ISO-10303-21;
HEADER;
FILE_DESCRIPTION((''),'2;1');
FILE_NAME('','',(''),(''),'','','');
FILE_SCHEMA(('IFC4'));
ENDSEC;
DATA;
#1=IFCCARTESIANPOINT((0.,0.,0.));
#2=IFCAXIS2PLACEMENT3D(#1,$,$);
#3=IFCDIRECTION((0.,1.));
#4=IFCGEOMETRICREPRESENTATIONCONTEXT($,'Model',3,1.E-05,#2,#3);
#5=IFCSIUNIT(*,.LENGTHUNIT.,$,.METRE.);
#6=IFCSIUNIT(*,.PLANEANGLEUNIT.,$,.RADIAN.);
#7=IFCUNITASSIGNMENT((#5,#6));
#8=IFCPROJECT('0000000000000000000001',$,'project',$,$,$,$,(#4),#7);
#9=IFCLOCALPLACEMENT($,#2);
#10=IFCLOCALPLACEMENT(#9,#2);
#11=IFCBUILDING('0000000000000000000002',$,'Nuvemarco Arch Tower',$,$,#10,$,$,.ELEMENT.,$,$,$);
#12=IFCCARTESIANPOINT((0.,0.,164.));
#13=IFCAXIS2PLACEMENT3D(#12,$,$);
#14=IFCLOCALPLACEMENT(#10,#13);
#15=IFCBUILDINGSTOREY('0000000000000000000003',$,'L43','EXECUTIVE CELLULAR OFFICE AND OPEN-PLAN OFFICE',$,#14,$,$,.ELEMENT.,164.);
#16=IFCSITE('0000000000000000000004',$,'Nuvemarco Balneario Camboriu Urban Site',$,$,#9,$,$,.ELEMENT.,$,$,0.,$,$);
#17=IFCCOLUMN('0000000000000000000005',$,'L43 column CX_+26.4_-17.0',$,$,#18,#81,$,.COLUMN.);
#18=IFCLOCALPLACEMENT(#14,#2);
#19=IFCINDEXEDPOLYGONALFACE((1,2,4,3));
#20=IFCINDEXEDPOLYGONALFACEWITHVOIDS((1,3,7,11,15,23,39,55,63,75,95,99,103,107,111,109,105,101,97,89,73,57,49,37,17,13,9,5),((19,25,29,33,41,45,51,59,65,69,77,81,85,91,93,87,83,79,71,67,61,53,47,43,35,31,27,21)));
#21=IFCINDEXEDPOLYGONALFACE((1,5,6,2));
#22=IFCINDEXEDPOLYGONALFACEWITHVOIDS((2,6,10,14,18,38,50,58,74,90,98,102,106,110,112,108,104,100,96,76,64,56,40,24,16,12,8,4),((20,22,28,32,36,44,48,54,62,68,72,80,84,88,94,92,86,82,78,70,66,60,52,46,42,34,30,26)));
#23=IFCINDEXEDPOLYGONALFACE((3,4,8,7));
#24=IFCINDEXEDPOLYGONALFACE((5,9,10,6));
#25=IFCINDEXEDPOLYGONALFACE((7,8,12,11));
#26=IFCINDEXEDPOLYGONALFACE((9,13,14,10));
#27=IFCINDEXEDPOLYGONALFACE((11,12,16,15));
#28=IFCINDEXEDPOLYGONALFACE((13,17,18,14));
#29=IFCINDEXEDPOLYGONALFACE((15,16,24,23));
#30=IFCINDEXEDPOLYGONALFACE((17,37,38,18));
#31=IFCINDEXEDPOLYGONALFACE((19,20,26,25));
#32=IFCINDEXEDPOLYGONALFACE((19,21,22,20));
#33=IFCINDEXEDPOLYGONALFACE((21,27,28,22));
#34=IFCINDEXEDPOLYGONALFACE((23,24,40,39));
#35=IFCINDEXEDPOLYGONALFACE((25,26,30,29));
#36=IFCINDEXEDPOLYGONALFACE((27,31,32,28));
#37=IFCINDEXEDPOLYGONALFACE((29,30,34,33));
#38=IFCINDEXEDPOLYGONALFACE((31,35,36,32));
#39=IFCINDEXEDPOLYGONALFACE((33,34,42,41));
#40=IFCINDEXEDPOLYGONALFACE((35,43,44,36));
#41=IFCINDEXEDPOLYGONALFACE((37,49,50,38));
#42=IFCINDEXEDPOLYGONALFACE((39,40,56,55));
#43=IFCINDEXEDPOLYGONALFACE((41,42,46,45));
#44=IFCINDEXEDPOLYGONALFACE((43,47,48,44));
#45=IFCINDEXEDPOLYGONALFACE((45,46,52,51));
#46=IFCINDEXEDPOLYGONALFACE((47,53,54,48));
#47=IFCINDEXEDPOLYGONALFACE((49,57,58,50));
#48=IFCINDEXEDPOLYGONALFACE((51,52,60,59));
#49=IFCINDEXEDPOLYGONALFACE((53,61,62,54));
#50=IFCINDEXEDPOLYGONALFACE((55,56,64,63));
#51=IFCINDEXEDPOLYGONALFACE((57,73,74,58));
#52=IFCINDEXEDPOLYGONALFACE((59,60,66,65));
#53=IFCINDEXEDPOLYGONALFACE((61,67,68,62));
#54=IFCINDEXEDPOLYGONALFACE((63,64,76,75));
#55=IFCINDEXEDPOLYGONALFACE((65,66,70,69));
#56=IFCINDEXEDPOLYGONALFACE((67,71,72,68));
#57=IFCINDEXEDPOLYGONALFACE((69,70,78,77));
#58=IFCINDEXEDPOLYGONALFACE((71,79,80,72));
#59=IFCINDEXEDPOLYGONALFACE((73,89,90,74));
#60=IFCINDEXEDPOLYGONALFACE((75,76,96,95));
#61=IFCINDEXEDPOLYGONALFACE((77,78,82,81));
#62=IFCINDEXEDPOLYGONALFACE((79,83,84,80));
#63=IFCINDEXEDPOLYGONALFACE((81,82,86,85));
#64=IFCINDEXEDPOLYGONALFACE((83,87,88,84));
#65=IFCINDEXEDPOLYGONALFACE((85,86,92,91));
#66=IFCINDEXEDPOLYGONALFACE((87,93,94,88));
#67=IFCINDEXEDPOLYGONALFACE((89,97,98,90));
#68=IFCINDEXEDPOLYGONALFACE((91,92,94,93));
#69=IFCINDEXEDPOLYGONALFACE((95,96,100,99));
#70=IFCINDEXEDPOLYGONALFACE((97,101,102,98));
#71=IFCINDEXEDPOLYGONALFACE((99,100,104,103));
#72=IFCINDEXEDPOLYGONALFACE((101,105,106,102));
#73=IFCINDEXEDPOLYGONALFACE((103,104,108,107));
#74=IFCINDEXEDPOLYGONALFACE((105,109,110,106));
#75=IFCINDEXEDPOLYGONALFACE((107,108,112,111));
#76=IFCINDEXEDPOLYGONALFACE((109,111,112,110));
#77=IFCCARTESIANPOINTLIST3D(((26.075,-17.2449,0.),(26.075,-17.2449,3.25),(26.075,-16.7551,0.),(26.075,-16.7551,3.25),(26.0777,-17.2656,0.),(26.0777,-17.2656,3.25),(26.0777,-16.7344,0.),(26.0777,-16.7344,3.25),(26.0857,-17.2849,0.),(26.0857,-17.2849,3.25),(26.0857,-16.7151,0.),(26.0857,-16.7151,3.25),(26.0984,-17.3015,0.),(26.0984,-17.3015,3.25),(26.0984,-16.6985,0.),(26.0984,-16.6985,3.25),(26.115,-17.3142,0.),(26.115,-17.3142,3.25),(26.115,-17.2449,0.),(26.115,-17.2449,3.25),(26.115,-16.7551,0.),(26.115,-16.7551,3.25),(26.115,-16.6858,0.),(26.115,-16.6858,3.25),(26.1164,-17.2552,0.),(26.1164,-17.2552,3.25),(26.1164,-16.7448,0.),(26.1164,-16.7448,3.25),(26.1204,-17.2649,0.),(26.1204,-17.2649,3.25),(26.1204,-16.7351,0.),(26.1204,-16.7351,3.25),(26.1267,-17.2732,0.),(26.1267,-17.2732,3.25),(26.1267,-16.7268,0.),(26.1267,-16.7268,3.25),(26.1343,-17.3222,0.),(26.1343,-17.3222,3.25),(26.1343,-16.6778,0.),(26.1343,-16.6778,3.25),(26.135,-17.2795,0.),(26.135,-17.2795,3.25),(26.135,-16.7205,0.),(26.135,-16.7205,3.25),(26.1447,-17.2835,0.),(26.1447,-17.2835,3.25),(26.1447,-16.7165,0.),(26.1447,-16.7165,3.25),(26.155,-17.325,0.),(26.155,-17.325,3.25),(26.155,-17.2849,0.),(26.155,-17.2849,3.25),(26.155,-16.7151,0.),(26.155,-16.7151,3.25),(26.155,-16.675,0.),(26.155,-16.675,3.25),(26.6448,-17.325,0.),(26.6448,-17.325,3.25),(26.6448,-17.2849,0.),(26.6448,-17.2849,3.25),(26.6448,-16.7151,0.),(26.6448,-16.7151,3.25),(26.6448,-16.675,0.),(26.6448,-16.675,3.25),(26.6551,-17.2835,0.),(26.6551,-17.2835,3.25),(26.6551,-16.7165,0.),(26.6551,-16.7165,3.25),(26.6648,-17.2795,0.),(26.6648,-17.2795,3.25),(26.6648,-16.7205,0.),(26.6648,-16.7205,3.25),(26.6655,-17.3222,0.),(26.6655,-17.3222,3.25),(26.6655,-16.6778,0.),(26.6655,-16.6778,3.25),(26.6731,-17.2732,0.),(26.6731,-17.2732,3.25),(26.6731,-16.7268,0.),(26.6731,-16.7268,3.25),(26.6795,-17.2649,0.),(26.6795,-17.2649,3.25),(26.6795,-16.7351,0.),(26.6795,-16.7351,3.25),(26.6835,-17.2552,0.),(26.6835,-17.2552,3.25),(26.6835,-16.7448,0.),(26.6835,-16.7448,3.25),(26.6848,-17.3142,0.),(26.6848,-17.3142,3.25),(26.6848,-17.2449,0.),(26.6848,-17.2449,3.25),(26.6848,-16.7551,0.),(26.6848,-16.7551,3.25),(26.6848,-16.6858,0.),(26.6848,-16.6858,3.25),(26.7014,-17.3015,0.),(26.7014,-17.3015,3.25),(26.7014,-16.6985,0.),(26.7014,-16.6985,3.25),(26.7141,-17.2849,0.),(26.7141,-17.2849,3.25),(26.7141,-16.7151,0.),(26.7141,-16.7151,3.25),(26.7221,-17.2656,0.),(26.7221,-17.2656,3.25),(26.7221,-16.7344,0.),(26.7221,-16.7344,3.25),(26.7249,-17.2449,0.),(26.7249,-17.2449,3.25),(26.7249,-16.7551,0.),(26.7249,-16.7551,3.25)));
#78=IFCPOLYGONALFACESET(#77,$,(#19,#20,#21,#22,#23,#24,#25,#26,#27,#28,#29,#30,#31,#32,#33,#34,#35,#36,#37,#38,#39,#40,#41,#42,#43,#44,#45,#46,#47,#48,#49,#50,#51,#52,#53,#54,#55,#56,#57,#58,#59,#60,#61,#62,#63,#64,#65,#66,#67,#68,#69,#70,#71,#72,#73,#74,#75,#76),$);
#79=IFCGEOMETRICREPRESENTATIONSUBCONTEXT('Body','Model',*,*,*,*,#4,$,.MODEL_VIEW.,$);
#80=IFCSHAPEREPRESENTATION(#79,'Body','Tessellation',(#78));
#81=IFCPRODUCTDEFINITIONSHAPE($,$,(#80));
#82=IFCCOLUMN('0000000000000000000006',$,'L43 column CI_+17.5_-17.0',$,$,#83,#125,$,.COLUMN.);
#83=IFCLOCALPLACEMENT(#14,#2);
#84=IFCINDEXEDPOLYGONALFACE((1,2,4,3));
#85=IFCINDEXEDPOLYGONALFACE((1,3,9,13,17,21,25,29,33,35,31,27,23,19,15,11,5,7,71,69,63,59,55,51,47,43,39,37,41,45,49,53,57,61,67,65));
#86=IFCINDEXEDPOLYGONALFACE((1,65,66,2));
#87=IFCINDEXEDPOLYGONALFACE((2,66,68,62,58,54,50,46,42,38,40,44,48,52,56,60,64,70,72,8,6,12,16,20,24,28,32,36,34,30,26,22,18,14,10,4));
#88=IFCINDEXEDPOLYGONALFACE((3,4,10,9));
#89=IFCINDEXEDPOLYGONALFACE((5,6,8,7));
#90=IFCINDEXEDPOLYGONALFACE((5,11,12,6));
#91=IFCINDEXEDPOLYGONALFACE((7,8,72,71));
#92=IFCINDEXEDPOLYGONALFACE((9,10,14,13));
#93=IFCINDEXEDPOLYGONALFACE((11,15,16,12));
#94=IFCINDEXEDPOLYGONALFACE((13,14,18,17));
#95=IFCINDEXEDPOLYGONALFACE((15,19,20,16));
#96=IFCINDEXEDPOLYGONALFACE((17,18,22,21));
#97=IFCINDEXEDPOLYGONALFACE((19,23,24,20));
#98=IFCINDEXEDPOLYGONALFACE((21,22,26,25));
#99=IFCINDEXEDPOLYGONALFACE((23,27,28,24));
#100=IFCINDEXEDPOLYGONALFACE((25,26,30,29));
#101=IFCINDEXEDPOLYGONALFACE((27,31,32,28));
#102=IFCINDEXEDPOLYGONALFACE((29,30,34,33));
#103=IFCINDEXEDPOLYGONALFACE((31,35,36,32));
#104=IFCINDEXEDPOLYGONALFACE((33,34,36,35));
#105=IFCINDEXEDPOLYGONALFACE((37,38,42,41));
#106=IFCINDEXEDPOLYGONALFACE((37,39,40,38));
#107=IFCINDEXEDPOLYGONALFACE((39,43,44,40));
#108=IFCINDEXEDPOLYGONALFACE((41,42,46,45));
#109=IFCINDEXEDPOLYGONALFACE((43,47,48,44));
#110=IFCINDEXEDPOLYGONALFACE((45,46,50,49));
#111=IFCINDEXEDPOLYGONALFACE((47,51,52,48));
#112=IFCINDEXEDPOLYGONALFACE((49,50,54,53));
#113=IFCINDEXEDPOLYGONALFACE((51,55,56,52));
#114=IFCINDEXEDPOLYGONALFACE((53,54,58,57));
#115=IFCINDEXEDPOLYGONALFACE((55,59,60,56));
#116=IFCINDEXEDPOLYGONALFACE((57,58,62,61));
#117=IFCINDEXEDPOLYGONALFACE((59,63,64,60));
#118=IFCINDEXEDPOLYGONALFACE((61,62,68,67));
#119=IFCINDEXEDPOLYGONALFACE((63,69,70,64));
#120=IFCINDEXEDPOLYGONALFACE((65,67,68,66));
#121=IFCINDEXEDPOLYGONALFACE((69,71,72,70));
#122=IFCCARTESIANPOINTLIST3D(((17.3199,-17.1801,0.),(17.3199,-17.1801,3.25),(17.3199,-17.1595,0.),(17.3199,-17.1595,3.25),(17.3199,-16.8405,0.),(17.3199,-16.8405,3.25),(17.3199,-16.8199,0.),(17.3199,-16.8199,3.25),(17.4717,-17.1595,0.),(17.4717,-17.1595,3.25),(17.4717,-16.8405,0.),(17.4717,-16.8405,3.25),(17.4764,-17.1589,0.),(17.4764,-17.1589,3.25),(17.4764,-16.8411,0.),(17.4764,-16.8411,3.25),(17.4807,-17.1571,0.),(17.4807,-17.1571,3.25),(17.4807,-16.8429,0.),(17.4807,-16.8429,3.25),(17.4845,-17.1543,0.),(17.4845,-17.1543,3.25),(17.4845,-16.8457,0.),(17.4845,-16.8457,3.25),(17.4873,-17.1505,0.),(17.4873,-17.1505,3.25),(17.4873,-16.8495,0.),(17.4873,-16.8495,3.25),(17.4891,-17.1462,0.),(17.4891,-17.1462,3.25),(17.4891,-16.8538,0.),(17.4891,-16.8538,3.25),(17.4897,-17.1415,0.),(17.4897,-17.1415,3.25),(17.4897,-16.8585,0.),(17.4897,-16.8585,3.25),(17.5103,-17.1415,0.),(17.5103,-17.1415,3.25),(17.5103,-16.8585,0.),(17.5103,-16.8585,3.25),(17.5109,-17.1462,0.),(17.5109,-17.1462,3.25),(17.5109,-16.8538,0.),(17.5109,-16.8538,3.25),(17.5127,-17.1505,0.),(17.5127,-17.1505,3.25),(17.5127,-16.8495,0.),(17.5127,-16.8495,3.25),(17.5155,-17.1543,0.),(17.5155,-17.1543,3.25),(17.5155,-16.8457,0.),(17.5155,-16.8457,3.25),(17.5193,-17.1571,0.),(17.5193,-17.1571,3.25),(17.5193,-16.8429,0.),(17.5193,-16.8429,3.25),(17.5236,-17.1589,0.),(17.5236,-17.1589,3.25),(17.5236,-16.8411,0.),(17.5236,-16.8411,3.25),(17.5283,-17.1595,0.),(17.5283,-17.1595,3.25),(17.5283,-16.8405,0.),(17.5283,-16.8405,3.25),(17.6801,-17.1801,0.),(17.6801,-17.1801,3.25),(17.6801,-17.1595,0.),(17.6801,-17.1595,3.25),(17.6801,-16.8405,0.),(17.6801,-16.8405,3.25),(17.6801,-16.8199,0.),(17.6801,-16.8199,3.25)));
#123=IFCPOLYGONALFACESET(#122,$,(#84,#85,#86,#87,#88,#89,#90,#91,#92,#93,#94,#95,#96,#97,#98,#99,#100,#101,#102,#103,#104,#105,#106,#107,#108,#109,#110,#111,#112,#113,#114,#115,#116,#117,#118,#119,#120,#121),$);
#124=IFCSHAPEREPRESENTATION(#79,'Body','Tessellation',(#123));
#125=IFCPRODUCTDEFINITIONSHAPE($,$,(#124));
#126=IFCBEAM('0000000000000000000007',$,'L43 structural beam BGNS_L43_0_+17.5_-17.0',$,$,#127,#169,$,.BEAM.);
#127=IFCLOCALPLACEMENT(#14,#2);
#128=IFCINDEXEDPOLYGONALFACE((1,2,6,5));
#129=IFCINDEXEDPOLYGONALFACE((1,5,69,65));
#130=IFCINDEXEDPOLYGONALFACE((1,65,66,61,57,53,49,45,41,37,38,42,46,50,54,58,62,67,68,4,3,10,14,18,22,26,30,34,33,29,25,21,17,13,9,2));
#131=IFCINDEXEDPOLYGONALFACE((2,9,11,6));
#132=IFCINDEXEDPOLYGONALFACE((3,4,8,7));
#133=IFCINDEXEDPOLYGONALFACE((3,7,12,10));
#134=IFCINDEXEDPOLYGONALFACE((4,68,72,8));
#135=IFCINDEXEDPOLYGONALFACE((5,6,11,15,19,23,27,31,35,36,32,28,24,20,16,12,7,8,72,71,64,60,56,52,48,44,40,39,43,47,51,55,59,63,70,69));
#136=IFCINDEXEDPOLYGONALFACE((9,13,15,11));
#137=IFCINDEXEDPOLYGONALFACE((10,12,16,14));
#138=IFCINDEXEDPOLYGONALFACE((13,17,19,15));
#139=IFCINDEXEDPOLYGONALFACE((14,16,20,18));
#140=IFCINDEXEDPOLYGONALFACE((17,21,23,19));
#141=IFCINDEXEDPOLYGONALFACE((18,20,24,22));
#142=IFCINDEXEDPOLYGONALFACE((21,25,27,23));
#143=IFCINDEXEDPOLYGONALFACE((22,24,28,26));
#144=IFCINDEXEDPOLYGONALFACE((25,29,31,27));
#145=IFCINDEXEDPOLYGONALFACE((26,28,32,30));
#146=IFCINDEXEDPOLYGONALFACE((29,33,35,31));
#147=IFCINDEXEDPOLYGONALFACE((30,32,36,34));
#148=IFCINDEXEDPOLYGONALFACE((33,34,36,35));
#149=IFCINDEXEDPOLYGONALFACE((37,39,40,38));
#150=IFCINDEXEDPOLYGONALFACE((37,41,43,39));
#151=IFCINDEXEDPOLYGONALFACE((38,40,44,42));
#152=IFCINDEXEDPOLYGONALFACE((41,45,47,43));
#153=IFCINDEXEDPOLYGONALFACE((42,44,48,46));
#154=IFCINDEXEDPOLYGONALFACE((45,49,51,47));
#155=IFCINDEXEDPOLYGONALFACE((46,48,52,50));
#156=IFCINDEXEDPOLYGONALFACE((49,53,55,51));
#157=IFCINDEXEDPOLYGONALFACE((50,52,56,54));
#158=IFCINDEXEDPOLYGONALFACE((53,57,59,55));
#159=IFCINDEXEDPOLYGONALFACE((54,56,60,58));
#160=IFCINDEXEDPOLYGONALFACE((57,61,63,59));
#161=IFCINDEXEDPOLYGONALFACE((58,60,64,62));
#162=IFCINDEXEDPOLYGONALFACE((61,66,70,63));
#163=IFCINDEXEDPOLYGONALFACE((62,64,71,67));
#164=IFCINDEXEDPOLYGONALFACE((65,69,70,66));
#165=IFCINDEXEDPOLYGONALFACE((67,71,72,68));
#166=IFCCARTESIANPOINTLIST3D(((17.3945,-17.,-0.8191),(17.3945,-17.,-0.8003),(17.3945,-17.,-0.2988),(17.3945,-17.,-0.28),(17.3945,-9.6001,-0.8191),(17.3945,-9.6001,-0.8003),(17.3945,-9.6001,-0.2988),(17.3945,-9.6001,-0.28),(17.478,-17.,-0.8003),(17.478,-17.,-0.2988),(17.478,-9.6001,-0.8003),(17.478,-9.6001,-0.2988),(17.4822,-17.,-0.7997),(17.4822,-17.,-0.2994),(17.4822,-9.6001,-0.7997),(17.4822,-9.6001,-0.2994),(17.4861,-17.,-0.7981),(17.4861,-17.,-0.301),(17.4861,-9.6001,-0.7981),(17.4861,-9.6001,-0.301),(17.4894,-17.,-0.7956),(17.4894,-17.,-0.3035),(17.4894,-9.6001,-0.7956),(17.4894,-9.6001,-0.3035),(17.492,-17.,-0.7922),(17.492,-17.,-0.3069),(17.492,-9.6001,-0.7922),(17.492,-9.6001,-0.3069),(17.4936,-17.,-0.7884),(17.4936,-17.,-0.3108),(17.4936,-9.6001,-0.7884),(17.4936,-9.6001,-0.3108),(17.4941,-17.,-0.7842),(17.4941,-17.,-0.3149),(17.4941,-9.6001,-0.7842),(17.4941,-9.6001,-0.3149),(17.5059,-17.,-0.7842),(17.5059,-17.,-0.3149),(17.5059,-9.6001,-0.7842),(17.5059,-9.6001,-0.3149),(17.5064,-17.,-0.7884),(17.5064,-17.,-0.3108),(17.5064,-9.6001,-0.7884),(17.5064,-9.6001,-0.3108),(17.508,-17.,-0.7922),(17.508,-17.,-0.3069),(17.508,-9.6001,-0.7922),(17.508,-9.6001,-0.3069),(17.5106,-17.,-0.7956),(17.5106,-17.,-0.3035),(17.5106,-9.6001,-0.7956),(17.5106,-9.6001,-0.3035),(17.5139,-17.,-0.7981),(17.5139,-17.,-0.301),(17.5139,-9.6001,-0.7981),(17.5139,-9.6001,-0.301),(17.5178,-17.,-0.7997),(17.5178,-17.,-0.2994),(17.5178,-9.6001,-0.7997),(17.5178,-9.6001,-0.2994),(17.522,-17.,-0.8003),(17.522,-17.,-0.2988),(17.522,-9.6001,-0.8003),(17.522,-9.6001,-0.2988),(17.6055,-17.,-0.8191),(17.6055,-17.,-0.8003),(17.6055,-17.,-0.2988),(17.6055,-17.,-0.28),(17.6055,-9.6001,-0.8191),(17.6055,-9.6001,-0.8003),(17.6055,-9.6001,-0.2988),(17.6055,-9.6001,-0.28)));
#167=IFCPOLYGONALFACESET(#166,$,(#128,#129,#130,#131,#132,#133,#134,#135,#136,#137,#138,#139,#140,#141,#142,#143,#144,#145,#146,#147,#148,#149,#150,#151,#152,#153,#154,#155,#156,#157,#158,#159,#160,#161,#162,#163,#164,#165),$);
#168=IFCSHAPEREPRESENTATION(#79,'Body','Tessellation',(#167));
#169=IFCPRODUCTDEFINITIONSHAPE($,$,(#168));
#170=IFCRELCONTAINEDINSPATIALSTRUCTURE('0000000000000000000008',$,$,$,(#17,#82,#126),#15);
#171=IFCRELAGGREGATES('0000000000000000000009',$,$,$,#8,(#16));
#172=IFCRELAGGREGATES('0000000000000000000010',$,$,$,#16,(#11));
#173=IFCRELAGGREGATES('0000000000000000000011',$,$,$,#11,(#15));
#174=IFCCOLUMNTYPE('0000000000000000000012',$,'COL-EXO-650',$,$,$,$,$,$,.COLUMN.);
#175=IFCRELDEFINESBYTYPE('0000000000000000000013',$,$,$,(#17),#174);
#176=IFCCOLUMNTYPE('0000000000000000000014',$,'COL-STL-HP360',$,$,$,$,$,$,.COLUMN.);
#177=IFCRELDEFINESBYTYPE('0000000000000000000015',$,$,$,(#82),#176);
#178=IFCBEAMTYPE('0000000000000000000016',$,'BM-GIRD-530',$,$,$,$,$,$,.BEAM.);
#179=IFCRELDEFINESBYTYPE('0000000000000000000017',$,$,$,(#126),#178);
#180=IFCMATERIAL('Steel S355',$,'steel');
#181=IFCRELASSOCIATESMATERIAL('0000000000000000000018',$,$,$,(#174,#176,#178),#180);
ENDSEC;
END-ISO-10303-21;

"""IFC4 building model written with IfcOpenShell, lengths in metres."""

from ifc_helpers import new_model, si_unit, direction, frame, origin, origin_2d, place, context, subcontext, project, spatial, hollow_rectangle, i_section, extrude, material, material_profile, profile_set, type_object, element, save


model = new_model("IFC4")

# Units and contexts
model_context = context("Model", 3, precision=1e-05, world=origin(), true_north=direction((0.0, 1.0)))
body_context = subcontext(model_context, "Body", "Model", "MODEL_VIEW")
ifc_project = project(units=[si_unit("LENGTHUNIT", "METRE"), si_unit("PLANEANGLEUNIT", "RADIAN")], contexts=[model_context])

# Site, building, storey
site_placement = place(None, origin())
site = spatial("IfcSite", under=ifc_project, at=site_placement, Name="Nuvemarco Balneario Camboriu Urban Site", CompositionType="ELEMENT", RefElevation=0.0)
building_placement = place(site_placement, origin())
building = spatial("IfcBuilding", under=site, at=building_placement, Name="Nuvemarco Arch Tower", CompositionType="ELEMENT")
storey_placement = place(building_placement, frame((0.0, 0.0, 164.0)))
storey = spatial("IfcBuildingStorey", under=building, at=storey_placement, Name="L43", Description="EXECUTIVE CELLULAR OFFICE AND OPEN-PLAN OFFICE", CompositionType="ELEMENT", Elevation=164.0)

# Columns
ifc_material_1 = material(Name="Steel S355", Category="steel")
ifc_material_profile_1 = material_profile(ifc_material_1, hollow_rectangle(XDim=0.6499, YDim=0.6499, WallThickness=0.04, InnerFilletRadius=0.04, OuterFilletRadius=0.0801, at=origin_2d()), Name="SHS650x650x40")
ifc_profile_set_1 = profile_set([ifc_material_profile_1], Name="Steel S355")
column_type_1 = type_object("IfcColumnType", Name="COL-EXO-650", PredefinedType="COLUMN", material=ifc_profile_set_1)
column_1_placement = place(storey_placement, frame((26.3999, -17.0, 0.0), z_axis=(0.0, 0.0, 1.0), x_axis=(1.0, 0.0, 0.0)))
element("IfcColumn", 1, at=column_1_placement, inside=storey, type_object=column_type_1, Name="L43 column CX_+26.4_-17.0", PredefinedType="COLUMN", context=body_context, shape_type="SweptSolid", body=[
    extrude(hollow_rectangle(XDim=0.6499, YDim=0.6499, WallThickness=0.04, InnerFilletRadius=0.04, OuterFilletRadius=0.0801, at=origin_2d()), origin(), (0.0, 0.0, 1.0), 3.25),
])
ifc_material_profile_2 = material_profile(ifc_material_1, i_section(OverallWidth=0.3601, OverallDepth=0.3601, WebThickness=0.0205, FlangeThickness=0.0205, FilletRadius=0.0181, at=origin_2d()), Name="HP360x174")
ifc_profile_set_2 = profile_set([ifc_material_profile_2], Name="Steel S355")
column_type_2 = type_object("IfcColumnType", Name="COL-STL-HP360", PredefinedType="COLUMN", material=ifc_profile_set_2)
column_2_placement = place(storey_placement, frame((17.5, -17.0, 0.0), z_axis=(0.0, 0.0, 1.0), x_axis=(1.0, 0.0, 0.0)))
element("IfcColumn", 2, at=column_2_placement, inside=storey, type_object=column_type_2, Name="L43 column CI_+17.5_-17.0", PredefinedType="COLUMN", context=body_context, shape_type="SweptSolid", body=[
    extrude(i_section(OverallWidth=0.3601, OverallDepth=0.3601, WebThickness=0.0205, FlangeThickness=0.0205, FilletRadius=0.0181, at=origin_2d()), origin(), (0.0, 0.0, 1.0), 3.25),
])

# Beam
ifc_material_profile_3 = material_profile(ifc_material_1, i_section(OverallWidth=0.2109, OverallDepth=0.5391, WebThickness=0.0117, FlangeThickness=0.0188, FilletRadius=0.0161, at=origin_2d()), Name="W530x109")
ifc_profile_set_3 = profile_set([ifc_material_profile_3], Name="Steel S355")
beam_type_1 = type_object("IfcBeamType", Name="BM-GIRD-530", PredefinedType="BEAM", material=ifc_profile_set_3)
beam_1_placement = place(storey_placement, frame((17.5, -17.0, -0.5496), z_axis=(0.0, 1.0, 0.0), x_axis=(-1.0, 0.0, 0.0)))
element("IfcBeam", 3, at=beam_1_placement, inside=storey, type_object=beam_type_1, Name="L43 structural beam BGNS_L43_0_+17.5_-17.0", PredefinedType="BEAM", context=body_context, shape_type="SweptSolid", body=[
    extrude(i_section(OverallWidth=0.2109, OverallDepth=0.5391, WebThickness=0.0117, FlangeThickness=0.0188, FilletRadius=0.0161, at=origin_2d()), origin(), (0.0, 0.0, 1.0), 7.3999),
])

save(model, "model.ifc")
